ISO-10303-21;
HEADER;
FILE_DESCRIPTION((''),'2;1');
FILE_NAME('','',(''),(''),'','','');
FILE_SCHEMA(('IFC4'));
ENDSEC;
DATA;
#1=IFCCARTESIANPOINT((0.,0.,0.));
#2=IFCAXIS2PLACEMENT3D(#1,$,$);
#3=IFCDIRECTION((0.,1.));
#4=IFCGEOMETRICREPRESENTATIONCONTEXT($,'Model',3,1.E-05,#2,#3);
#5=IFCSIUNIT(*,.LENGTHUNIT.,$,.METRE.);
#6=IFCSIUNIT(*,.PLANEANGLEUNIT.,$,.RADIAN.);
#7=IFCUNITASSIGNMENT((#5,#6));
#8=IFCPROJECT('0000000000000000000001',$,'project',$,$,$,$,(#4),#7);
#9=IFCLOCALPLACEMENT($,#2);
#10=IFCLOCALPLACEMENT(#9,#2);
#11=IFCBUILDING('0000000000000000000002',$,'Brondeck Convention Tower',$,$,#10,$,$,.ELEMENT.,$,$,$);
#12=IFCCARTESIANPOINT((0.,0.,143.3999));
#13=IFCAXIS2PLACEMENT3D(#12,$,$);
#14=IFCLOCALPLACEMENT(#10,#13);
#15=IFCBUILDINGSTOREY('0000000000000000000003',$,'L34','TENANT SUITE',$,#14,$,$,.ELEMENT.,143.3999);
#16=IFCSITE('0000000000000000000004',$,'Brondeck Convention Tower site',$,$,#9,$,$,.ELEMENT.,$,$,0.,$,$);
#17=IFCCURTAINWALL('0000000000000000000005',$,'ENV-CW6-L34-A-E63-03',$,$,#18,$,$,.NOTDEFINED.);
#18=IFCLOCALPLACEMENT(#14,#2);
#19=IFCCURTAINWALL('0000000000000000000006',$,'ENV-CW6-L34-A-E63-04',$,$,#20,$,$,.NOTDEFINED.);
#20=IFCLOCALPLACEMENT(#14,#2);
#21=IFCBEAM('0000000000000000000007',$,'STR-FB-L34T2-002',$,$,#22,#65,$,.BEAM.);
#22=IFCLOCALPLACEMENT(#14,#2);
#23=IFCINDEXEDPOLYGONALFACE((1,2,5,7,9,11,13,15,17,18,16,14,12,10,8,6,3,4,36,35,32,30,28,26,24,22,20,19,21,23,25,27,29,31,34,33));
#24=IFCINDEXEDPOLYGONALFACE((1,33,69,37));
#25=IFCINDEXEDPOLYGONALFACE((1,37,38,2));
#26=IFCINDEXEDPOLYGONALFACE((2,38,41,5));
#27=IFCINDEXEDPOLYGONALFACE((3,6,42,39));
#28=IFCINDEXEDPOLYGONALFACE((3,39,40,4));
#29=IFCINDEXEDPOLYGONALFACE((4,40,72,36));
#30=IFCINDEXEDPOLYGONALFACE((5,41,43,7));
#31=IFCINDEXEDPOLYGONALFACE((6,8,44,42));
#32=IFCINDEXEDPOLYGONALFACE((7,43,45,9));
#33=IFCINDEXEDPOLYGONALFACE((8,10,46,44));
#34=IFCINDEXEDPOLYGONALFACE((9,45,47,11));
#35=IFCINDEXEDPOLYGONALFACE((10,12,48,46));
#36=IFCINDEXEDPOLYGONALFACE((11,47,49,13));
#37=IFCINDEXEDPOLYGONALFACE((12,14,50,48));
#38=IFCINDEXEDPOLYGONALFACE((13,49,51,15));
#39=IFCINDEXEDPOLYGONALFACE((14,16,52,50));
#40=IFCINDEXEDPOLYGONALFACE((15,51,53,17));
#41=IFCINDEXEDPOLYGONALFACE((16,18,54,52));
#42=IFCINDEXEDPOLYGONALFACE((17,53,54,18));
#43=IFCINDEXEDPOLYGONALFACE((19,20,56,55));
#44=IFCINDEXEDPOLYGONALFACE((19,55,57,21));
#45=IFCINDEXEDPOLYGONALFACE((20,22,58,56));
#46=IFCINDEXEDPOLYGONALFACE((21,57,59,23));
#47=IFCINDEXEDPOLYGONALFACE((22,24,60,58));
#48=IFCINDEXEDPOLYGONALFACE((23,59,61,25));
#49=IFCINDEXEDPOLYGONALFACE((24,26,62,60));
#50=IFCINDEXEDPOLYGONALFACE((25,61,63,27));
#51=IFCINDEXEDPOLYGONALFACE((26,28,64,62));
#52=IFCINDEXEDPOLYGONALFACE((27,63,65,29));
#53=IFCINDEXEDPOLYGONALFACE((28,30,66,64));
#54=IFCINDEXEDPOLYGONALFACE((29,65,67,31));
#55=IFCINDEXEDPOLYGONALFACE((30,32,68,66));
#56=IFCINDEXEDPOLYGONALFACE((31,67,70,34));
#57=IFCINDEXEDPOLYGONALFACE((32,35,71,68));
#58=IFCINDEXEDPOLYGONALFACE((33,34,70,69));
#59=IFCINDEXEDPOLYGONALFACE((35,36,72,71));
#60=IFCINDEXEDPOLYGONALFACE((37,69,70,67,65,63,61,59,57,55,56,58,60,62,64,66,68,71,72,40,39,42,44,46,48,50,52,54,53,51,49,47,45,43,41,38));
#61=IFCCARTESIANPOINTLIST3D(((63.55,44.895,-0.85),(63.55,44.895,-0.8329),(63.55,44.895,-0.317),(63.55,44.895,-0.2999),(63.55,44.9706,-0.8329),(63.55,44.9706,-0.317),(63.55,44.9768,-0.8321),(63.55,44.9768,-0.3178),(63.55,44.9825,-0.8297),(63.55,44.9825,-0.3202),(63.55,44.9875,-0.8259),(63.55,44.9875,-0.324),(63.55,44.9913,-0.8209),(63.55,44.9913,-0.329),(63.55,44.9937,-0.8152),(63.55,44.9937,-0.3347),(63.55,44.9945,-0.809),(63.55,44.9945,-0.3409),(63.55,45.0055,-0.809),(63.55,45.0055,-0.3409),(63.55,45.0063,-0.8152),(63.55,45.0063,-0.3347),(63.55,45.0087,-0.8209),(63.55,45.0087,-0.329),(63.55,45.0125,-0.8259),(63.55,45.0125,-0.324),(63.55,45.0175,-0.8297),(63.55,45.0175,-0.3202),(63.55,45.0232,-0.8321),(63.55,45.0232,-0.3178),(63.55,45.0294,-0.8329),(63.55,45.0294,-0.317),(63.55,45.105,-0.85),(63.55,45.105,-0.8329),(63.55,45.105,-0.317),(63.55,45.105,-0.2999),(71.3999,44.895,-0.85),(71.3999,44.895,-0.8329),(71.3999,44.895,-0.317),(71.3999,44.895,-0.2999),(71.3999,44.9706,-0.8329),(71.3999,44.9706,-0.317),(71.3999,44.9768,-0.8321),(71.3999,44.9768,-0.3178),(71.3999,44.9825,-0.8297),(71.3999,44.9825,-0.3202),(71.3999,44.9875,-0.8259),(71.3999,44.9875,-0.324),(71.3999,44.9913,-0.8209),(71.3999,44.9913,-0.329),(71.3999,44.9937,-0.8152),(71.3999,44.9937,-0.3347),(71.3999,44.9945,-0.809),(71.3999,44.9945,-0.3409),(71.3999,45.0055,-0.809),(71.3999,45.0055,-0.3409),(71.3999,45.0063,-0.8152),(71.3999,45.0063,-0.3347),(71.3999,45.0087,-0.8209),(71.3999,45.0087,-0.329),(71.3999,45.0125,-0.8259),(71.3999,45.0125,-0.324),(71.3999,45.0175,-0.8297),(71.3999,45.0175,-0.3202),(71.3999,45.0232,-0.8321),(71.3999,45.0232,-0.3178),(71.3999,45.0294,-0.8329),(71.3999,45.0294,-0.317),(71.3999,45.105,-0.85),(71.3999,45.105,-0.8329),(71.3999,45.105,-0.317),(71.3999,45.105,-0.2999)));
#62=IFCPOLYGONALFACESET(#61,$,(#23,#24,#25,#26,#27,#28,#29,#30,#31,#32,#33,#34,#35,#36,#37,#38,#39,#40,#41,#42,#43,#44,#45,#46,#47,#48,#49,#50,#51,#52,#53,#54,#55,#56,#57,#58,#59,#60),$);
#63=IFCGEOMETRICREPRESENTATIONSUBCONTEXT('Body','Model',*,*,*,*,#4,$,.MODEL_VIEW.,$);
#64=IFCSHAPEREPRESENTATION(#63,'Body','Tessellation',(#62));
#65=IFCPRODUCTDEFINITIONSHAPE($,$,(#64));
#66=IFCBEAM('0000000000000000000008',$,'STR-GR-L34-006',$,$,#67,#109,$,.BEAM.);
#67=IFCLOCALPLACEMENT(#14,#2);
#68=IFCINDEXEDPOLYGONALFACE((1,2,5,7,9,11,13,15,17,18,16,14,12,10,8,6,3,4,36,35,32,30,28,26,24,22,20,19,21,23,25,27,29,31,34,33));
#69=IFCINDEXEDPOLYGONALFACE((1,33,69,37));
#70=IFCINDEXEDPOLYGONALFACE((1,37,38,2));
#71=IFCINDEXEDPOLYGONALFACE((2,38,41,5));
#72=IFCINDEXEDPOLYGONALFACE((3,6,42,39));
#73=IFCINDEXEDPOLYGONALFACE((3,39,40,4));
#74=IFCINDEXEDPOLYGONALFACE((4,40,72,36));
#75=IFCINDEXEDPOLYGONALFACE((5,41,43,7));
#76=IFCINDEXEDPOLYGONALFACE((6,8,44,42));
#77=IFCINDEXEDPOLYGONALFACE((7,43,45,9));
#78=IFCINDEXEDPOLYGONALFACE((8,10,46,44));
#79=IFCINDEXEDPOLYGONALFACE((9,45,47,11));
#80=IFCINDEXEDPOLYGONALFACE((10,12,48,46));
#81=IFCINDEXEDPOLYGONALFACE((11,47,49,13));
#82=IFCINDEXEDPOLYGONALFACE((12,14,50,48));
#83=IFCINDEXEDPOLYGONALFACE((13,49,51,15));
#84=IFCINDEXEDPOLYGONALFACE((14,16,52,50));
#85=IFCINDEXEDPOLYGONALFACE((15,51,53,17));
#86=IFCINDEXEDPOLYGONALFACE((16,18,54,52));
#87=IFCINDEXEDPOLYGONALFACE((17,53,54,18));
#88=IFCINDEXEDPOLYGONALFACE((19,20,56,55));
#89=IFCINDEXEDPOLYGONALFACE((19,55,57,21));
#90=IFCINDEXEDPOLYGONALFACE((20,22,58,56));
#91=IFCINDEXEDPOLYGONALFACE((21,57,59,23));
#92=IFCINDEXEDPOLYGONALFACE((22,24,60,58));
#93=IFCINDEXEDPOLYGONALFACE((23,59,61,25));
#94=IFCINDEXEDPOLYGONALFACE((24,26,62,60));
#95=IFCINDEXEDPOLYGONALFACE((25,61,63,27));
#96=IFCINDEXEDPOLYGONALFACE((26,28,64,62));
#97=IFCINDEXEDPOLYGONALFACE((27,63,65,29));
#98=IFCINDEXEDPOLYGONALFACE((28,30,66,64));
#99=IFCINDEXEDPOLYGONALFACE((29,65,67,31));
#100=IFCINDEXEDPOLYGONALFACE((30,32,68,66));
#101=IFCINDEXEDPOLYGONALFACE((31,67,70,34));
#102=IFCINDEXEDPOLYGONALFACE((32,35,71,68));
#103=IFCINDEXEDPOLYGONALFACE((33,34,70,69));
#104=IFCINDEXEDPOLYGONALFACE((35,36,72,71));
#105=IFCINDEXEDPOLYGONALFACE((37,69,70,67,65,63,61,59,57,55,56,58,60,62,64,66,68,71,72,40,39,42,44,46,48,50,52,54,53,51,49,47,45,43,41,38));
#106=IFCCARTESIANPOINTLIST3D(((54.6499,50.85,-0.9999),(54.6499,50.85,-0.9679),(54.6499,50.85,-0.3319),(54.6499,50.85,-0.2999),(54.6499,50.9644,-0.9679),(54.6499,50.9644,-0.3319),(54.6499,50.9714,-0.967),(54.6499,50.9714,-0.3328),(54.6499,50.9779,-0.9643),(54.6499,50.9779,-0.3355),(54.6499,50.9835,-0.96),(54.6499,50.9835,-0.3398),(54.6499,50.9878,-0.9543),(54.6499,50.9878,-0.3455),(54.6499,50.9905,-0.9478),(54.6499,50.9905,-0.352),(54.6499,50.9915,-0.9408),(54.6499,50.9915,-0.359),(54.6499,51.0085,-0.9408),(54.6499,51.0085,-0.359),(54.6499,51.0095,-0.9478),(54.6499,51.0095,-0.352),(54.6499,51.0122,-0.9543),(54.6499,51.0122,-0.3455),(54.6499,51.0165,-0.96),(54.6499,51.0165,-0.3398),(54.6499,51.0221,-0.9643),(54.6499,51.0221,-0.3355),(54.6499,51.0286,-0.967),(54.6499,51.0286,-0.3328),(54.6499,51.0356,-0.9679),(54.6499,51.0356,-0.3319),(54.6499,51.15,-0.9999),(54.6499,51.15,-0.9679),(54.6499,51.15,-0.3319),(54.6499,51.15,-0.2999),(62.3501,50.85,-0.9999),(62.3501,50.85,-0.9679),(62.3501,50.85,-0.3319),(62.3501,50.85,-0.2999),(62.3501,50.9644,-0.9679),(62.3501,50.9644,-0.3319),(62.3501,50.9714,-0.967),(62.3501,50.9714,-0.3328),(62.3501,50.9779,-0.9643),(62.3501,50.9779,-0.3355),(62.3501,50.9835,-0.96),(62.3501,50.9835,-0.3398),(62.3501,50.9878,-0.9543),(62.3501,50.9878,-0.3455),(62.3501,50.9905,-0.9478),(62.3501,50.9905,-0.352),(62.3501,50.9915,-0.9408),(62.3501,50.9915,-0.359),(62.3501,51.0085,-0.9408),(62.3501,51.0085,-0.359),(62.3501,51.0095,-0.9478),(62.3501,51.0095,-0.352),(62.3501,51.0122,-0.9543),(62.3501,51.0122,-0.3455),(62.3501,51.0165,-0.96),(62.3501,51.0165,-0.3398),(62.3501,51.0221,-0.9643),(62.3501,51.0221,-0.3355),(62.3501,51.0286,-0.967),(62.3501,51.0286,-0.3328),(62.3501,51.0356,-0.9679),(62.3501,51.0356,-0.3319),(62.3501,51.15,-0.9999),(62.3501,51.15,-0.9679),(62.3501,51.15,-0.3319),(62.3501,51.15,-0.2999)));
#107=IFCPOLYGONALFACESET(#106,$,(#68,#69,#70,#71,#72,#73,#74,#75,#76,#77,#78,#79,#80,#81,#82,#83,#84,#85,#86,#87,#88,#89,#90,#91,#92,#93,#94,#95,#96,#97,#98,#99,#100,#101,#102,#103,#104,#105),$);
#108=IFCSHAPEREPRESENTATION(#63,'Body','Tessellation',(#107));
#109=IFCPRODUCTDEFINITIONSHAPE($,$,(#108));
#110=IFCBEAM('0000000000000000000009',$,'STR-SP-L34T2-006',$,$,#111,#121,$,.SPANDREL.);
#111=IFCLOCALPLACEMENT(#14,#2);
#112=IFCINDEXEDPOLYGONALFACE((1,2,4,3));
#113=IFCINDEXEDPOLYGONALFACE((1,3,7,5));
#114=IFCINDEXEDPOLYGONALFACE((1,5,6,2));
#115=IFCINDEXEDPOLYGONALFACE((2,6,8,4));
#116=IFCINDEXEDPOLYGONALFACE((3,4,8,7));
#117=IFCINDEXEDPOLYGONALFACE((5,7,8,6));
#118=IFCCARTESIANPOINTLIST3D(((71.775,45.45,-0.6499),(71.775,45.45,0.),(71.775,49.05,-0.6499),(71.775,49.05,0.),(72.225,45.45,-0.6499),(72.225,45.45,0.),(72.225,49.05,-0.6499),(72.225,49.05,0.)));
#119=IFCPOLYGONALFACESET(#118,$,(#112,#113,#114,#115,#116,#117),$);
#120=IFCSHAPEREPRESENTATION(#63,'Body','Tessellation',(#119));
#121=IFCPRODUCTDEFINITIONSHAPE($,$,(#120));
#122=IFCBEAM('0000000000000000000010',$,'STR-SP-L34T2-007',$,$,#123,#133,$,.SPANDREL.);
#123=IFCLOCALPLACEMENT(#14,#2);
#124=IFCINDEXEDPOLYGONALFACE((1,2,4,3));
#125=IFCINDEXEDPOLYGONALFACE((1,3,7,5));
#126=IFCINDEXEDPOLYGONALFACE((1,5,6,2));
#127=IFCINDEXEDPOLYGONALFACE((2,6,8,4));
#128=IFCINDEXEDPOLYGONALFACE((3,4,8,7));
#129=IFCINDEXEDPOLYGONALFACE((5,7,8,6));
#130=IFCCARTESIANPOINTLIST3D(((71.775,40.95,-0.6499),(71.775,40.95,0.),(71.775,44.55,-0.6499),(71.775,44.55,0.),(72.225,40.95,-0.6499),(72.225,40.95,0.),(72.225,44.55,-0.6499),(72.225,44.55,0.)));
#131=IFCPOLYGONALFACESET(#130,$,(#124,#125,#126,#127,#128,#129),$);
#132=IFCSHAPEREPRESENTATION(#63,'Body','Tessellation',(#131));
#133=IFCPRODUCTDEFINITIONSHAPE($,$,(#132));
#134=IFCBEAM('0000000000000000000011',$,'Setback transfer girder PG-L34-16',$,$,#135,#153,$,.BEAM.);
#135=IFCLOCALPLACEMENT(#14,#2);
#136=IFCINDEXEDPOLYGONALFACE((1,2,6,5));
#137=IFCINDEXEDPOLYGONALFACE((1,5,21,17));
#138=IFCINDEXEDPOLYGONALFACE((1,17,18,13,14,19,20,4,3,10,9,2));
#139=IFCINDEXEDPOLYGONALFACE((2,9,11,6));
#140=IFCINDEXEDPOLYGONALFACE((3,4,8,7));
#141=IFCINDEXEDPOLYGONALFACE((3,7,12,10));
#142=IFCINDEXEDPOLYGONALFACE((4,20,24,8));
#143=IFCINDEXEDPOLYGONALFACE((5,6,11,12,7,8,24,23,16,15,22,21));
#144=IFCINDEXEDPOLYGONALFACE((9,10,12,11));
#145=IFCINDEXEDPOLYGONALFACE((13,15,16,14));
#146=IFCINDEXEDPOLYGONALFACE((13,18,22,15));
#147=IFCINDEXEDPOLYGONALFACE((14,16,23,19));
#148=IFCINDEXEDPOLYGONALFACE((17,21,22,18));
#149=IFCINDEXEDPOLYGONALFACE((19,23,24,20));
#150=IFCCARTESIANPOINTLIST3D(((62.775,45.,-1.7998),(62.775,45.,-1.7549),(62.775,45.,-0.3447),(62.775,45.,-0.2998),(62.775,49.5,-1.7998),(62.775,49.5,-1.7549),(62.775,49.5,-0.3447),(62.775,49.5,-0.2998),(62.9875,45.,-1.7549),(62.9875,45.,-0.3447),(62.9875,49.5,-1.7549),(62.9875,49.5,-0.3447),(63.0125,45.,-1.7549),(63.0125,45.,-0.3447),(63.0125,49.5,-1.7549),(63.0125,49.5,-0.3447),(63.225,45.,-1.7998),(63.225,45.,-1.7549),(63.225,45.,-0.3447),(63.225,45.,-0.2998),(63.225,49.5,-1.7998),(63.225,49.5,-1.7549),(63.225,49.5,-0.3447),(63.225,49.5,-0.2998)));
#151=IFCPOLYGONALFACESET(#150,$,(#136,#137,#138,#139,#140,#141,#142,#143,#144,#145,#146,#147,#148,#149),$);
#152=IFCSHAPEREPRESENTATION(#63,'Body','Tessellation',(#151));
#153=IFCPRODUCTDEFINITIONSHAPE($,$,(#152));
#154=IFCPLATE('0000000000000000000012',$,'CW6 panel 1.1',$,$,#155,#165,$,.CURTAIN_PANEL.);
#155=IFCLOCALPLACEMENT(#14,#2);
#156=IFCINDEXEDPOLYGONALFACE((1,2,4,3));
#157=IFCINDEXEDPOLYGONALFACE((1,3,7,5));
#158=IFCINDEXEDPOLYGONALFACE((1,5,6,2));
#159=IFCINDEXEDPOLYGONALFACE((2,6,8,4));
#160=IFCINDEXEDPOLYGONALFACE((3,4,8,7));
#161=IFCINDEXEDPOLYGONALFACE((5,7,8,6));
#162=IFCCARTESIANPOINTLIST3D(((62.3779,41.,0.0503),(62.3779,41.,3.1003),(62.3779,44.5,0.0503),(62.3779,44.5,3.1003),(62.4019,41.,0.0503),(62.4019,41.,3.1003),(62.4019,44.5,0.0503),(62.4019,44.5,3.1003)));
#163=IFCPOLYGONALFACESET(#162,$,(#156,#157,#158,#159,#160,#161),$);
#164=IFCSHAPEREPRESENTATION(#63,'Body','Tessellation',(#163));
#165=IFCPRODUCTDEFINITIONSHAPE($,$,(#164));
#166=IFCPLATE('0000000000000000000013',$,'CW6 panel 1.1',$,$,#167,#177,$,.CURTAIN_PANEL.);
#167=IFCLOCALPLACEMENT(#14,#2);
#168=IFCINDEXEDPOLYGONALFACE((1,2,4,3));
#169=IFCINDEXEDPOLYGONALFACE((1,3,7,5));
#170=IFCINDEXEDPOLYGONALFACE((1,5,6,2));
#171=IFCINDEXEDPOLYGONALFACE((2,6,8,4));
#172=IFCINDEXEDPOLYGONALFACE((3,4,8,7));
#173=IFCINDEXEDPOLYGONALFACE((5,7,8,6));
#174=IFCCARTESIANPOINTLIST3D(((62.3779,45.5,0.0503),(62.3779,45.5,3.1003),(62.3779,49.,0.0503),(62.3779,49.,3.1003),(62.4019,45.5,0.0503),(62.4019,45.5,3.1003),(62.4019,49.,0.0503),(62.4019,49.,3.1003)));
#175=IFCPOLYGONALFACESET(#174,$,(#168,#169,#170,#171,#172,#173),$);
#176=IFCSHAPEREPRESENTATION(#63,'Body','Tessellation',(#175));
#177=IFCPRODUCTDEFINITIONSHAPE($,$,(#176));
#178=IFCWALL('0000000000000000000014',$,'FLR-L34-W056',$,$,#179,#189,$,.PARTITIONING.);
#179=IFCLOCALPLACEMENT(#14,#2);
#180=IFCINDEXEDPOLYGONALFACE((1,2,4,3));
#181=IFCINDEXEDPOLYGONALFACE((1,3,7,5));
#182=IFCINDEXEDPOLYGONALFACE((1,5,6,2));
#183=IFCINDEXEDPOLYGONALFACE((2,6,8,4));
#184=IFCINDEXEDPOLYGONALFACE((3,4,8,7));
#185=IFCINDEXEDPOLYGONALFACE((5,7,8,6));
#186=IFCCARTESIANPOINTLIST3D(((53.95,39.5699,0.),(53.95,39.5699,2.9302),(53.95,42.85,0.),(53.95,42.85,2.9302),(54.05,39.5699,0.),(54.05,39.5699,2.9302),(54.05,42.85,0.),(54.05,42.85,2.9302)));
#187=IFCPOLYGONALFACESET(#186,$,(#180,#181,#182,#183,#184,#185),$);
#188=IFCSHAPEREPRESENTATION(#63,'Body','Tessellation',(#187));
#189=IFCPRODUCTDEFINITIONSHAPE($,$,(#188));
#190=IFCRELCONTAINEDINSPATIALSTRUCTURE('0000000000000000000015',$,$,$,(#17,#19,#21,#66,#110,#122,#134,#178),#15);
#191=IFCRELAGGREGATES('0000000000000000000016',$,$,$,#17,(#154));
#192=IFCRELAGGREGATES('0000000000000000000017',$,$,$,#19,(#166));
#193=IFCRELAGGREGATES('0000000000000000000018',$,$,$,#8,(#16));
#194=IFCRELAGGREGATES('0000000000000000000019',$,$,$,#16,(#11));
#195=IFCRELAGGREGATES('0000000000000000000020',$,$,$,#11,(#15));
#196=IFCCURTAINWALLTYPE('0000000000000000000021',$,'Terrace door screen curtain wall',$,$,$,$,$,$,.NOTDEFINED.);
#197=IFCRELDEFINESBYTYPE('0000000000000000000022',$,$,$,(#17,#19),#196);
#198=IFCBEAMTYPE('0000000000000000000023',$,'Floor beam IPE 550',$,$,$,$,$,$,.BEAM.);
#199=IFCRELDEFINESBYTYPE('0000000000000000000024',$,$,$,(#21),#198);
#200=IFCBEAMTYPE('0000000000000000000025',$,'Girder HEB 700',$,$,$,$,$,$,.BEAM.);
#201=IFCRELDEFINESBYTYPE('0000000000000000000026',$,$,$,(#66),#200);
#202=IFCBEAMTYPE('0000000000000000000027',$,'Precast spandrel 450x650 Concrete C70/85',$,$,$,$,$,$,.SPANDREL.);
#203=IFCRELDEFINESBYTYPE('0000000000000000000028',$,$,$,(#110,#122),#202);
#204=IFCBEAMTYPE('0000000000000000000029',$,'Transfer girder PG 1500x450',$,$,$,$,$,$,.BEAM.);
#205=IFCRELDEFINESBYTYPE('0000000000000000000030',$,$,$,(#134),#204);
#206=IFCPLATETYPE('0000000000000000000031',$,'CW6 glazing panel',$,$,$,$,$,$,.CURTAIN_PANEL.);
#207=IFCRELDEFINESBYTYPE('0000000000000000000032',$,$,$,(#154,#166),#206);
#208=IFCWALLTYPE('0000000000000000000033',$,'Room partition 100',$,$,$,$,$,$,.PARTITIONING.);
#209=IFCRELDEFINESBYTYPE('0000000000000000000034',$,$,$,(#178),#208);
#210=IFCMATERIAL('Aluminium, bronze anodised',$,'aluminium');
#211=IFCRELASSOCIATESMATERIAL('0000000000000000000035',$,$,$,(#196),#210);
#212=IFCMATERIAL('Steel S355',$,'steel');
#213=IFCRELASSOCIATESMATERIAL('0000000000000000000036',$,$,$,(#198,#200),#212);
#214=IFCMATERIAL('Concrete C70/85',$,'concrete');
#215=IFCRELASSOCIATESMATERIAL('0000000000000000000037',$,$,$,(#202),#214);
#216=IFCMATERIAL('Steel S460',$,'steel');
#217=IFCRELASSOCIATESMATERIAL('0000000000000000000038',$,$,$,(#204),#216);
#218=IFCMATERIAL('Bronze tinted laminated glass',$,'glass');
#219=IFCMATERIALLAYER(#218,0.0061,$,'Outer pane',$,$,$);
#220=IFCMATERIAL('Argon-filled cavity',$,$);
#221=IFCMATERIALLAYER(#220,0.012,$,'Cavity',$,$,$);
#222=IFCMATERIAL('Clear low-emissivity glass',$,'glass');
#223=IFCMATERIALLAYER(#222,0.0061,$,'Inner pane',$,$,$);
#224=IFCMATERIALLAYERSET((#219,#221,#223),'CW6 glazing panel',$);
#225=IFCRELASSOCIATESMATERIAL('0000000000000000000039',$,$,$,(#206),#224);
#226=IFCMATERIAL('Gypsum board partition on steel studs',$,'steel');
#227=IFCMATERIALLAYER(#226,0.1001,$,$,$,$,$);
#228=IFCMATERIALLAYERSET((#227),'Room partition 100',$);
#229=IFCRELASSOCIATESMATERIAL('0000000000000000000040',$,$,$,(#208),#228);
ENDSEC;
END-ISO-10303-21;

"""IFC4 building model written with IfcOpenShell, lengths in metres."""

from ifc_helpers import new_model, si_unit, direction, frame, frame_2d, origin, origin_2d, place, context, subcontext, project, spatial, rectangle, i_section, extrude, material, layer, layer_set, material_profile, profile_set, type_object, element, aggregate, save


model = new_model("IFC4")

# Units and contexts
model_context = context("Model", 3, precision=1e-05, world=origin(), true_north=direction((0.0, 1.0)))
body_context = subcontext(model_context, "Body", "Model", "MODEL_VIEW")
ifc_project = project(units=[si_unit("LENGTHUNIT", "METRE"), si_unit("PLANEANGLEUNIT", "RADIAN")], contexts=[model_context])

# Site, building, storey
site_placement = place(None, origin())
site = spatial("IfcSite", under=ifc_project, at=site_placement, Name="Brondeck Convention Tower site", CompositionType="ELEMENT", RefElevation=0.0)
building_placement = place(site_placement, origin())
building = spatial("IfcBuilding", under=site, at=building_placement, Name="Brondeck Convention Tower", CompositionType="ELEMENT")
storey_placement = place(building_placement, frame((0.0, 0.0, 143.3999)))
storey = spatial("IfcBuildingStorey", under=building, at=storey_placement, Name="L34", Description="TENANT SUITE", CompositionType="ELEMENT", Elevation=143.3999)

# Shared definitions
ifc_material_1 = material(Name="Concrete C70/85", Category="concrete")

# Curtain walls
ifc_material_2 = material(Name="Aluminium, bronze anodised", Category="aluminium")
curtain_wall_type = type_object("IfcCurtainWallType", Name="Terrace door screen curtain wall", PredefinedType="NOTDEFINED", material=ifc_material_2)
curtain_wall_1_placement = place(storey_placement, origin())
curtain_wall_1 = element("IfcCurtainWall", 1, at=curtain_wall_1_placement, inside=storey, type_object=curtain_wall_type, Name="ENV-CW6-L34-A-E63-03", PredefinedType="NOTDEFINED")
curtain_wall_2_placement = place(storey_placement, origin())
curtain_wall_2 = element("IfcCurtainWall", 2, at=curtain_wall_2_placement, inside=storey, type_object=curtain_wall_type, Name="ENV-CW6-L34-A-E63-04", PredefinedType="NOTDEFINED")

# Beams
ifc_material_3 = material(Name="Steel S355", Category="steel")
ifc_material_profile_1 = material_profile(ifc_material_3, i_section(OverallWidth=0.21, OverallDepth=0.55, WebThickness=0.011, FlangeThickness=0.0171, FilletRadius=0.0239, at=origin_2d()), Name="IPE 550")
ifc_profile_set_1 = profile_set([ifc_material_profile_1], Name="Steel S355")
beam_type_1 = type_object("IfcBeamType", Name="Floor beam IPE 550", PredefinedType="BEAM", material=ifc_profile_set_1)
beam_1_placement = place(storey_placement, frame((63.55, 45.0, -0.575), z_axis=(1.0, 0.0, 0.0), x_axis=(0.0, 1.0, 0.0)))
element("IfcBeam", 3, at=beam_1_placement, inside=storey, type_object=beam_type_1, Name="STR-FB-L34T2-002", PredefinedType="BEAM", context=body_context, shape_type="SweptSolid", body=[
    extrude(i_section(OverallWidth=0.21, OverallDepth=0.55, WebThickness=0.011, FlangeThickness=0.0171, FilletRadius=0.0239, at=origin_2d()), origin(), (0.0, 0.0, 1.0), 7.8499),
])
ifc_material_profile_2 = material_profile(ifc_material_3, i_section(OverallWidth=0.3, OverallDepth=0.7, WebThickness=0.0171, FlangeThickness=0.032, FilletRadius=0.0271, at=origin_2d()), Name="HEB 700")
ifc_profile_set_2 = profile_set([ifc_material_profile_2], Name="Steel S355")
beam_type_2 = type_object("IfcBeamType", Name="Girder HEB 700", PredefinedType="BEAM", material=ifc_profile_set_2)
beam_2_placement = place(storey_placement, frame((54.6499, 51.0, -0.6499), z_axis=(1.0, 0.0, 0.0), x_axis=(0.0, 1.0, 0.0)))
element("IfcBeam", 4, at=beam_2_placement, inside=storey, type_object=beam_type_2, Name="STR-GR-L34-006", PredefinedType="BEAM", context=body_context, shape_type="SweptSolid", body=[
    extrude(i_section(OverallWidth=0.3, OverallDepth=0.7, WebThickness=0.0171, FlangeThickness=0.032, FilletRadius=0.0271, at=origin_2d()), origin(), (0.0, 0.0, 1.0), 7.7002),
])
ifc_material_profile_3 = material_profile(ifc_material_1, rectangle(XDim=0.45, YDim=0.6499, at=origin_2d()), Name="Precast spandrel 450x650 Concrete C70/85")
ifc_profile_set_3 = profile_set([ifc_material_profile_3], Name="Concrete C70/85")
beam_type_3 = type_object("IfcBeamType", Name="Precast spandrel 450x650 Concrete C70/85", PredefinedType="SPANDREL", material=ifc_profile_set_3)
for number, where, z_axis, x_axis, name in (
    (5, (72.0, 49.05, -0.325), (0.0, -1.0, 0.0), (1.0, 0.0, 0.0), "STR-SP-L34T2-006"),
    (6, (72.0, 44.55, -0.325), (0.0, -1.0, 0.0), (1.0, 0.0, 0.0), "STR-SP-L34T2-007"),
):
    element("IfcBeam", number, at=place(storey_placement, frame(where, z_axis=z_axis, x_axis=x_axis)), inside=storey, type_object=beam_type_3, Name=name, PredefinedType="SPANDREL", context=body_context, shape_type="SweptSolid", body=[
        extrude(rectangle(XDim=0.45, YDim=0.6499, at=origin_2d()), origin(), (0.0, 0.0, 1.0), 3.6001),
    ])
ifc_material_4 = material(Name="Steel S460", Category="steel")
ifc_material_profile_4 = material_profile(ifc_material_4, i_section(OverallWidth=0.45, OverallDepth=1.5, WebThickness=0.0249, FlangeThickness=0.0449, at=origin_2d()), Name="PG 1500x450")
ifc_profile_set_4 = profile_set([ifc_material_profile_4], Name="Steel S460")
beam_type_4 = type_object("IfcBeamType", Name="Transfer girder PG 1500x450", PredefinedType="BEAM", material=ifc_profile_set_4)
beam_3_placement = place(storey_placement, frame((63.0, 45.0, -1.0498), z_axis=(0.0, 1.0, 0.0), x_axis=(-1.0, 0.0, 0.0)))
element("IfcBeam", 7, at=beam_3_placement, inside=storey, type_object=beam_type_4, Name="Setback transfer girder PG-L34-16", PredefinedType="BEAM", context=body_context, shape_type="SweptSolid", body=[
    extrude(i_section(OverallWidth=0.45, OverallDepth=1.5, WebThickness=0.0249, FlangeThickness=0.0449, at=origin_2d()), origin(), (0.0, 0.0, 1.0), 4.5),
])

# Plates
ifc_material_5 = material(Name="Bronze tinted laminated glass", Category="glass")
ifc_layer_1 = layer(ifc_material_5, 0.0061, Name="Outer pane")
ifc_material_6 = material(Name="Argon-filled cavity")
ifc_layer_2 = layer(ifc_material_6, 0.012, Name="Cavity")
ifc_material_7 = material(Name="Clear low-emissivity glass", Category="glass")
ifc_layer_3 = layer(ifc_material_7, 0.0061, Name="Inner pane")
ifc_layer_set_1 = layer_set([ifc_layer_1, ifc_layer_2, ifc_layer_3], Name="CW6 glazing panel")
plate_type = type_object("IfcPlateType", Name="CW6 glazing panel", PredefinedType="CURTAIN_PANEL", material=ifc_layer_set_1)
plate_1_placement = place(storey_placement, frame((62.3899, 42.75, 0.0503), z_axis=(0.0, 0.0, 1.0), x_axis=(0.0, -1.0, 0.0)))
plate_1 = element("IfcPlate", 8, at=plate_1_placement, type_object=plate_type, Name="CW6 panel 1.1", PredefinedType="CURTAIN_PANEL", context=body_context, shape_type="SweptSolid", body=[
    extrude(rectangle(XDim=3.5, YDim=0.0239, at=origin_2d()), origin(), (0.0, 0.0, 1.0), 3.05),
])
aggregate(curtain_wall_1, [plate_1])
plate_2_placement = place(storey_placement, frame((62.3899, 47.25, 0.0503), z_axis=(0.0, 0.0, 1.0), x_axis=(0.0, -1.0, 0.0)))
plate_2 = element("IfcPlate", 9, at=plate_2_placement, type_object=plate_type, Name="CW6 panel 1.1", PredefinedType="CURTAIN_PANEL", context=body_context, shape_type="SweptSolid", body=[
    extrude(rectangle(XDim=3.5, YDim=0.0239, at=origin_2d()), origin(), (0.0, 0.0, 1.0), 3.05),
])
aggregate(curtain_wall_2, [plate_2])

# Wall
ifc_material_8 = material(Name="Gypsum board partition on steel studs", Category="steel")
ifc_layer_4 = layer(ifc_material_8, 0.1001)
ifc_layer_set_2 = layer_set([ifc_layer_4], Name="Room partition 100")
wall_type_1 = type_object("IfcWallType", Name="Room partition 100", PredefinedType="PARTITIONING", material=ifc_layer_set_2)
wall_1_placement = place(storey_placement, frame((54.0, 42.8501, 0.0), z_axis=(0.0, 0.0, 1.0), x_axis=(0.0, -1.0, 0.0)))
element("IfcWall", 10, at=wall_1_placement, inside=storey, type_object=wall_type_1, Name="FLR-L34-W056", PredefinedType="PARTITIONING", context=body_context, shape_type="SweptSolid", body=[
    extrude(rectangle(XDim=3.28, YDim=0.1001, at=frame_2d((1.6401, 0.0))), origin(), (0.0, 0.0, 1.0), 2.9302),
])

save(model, "model.ifc")
